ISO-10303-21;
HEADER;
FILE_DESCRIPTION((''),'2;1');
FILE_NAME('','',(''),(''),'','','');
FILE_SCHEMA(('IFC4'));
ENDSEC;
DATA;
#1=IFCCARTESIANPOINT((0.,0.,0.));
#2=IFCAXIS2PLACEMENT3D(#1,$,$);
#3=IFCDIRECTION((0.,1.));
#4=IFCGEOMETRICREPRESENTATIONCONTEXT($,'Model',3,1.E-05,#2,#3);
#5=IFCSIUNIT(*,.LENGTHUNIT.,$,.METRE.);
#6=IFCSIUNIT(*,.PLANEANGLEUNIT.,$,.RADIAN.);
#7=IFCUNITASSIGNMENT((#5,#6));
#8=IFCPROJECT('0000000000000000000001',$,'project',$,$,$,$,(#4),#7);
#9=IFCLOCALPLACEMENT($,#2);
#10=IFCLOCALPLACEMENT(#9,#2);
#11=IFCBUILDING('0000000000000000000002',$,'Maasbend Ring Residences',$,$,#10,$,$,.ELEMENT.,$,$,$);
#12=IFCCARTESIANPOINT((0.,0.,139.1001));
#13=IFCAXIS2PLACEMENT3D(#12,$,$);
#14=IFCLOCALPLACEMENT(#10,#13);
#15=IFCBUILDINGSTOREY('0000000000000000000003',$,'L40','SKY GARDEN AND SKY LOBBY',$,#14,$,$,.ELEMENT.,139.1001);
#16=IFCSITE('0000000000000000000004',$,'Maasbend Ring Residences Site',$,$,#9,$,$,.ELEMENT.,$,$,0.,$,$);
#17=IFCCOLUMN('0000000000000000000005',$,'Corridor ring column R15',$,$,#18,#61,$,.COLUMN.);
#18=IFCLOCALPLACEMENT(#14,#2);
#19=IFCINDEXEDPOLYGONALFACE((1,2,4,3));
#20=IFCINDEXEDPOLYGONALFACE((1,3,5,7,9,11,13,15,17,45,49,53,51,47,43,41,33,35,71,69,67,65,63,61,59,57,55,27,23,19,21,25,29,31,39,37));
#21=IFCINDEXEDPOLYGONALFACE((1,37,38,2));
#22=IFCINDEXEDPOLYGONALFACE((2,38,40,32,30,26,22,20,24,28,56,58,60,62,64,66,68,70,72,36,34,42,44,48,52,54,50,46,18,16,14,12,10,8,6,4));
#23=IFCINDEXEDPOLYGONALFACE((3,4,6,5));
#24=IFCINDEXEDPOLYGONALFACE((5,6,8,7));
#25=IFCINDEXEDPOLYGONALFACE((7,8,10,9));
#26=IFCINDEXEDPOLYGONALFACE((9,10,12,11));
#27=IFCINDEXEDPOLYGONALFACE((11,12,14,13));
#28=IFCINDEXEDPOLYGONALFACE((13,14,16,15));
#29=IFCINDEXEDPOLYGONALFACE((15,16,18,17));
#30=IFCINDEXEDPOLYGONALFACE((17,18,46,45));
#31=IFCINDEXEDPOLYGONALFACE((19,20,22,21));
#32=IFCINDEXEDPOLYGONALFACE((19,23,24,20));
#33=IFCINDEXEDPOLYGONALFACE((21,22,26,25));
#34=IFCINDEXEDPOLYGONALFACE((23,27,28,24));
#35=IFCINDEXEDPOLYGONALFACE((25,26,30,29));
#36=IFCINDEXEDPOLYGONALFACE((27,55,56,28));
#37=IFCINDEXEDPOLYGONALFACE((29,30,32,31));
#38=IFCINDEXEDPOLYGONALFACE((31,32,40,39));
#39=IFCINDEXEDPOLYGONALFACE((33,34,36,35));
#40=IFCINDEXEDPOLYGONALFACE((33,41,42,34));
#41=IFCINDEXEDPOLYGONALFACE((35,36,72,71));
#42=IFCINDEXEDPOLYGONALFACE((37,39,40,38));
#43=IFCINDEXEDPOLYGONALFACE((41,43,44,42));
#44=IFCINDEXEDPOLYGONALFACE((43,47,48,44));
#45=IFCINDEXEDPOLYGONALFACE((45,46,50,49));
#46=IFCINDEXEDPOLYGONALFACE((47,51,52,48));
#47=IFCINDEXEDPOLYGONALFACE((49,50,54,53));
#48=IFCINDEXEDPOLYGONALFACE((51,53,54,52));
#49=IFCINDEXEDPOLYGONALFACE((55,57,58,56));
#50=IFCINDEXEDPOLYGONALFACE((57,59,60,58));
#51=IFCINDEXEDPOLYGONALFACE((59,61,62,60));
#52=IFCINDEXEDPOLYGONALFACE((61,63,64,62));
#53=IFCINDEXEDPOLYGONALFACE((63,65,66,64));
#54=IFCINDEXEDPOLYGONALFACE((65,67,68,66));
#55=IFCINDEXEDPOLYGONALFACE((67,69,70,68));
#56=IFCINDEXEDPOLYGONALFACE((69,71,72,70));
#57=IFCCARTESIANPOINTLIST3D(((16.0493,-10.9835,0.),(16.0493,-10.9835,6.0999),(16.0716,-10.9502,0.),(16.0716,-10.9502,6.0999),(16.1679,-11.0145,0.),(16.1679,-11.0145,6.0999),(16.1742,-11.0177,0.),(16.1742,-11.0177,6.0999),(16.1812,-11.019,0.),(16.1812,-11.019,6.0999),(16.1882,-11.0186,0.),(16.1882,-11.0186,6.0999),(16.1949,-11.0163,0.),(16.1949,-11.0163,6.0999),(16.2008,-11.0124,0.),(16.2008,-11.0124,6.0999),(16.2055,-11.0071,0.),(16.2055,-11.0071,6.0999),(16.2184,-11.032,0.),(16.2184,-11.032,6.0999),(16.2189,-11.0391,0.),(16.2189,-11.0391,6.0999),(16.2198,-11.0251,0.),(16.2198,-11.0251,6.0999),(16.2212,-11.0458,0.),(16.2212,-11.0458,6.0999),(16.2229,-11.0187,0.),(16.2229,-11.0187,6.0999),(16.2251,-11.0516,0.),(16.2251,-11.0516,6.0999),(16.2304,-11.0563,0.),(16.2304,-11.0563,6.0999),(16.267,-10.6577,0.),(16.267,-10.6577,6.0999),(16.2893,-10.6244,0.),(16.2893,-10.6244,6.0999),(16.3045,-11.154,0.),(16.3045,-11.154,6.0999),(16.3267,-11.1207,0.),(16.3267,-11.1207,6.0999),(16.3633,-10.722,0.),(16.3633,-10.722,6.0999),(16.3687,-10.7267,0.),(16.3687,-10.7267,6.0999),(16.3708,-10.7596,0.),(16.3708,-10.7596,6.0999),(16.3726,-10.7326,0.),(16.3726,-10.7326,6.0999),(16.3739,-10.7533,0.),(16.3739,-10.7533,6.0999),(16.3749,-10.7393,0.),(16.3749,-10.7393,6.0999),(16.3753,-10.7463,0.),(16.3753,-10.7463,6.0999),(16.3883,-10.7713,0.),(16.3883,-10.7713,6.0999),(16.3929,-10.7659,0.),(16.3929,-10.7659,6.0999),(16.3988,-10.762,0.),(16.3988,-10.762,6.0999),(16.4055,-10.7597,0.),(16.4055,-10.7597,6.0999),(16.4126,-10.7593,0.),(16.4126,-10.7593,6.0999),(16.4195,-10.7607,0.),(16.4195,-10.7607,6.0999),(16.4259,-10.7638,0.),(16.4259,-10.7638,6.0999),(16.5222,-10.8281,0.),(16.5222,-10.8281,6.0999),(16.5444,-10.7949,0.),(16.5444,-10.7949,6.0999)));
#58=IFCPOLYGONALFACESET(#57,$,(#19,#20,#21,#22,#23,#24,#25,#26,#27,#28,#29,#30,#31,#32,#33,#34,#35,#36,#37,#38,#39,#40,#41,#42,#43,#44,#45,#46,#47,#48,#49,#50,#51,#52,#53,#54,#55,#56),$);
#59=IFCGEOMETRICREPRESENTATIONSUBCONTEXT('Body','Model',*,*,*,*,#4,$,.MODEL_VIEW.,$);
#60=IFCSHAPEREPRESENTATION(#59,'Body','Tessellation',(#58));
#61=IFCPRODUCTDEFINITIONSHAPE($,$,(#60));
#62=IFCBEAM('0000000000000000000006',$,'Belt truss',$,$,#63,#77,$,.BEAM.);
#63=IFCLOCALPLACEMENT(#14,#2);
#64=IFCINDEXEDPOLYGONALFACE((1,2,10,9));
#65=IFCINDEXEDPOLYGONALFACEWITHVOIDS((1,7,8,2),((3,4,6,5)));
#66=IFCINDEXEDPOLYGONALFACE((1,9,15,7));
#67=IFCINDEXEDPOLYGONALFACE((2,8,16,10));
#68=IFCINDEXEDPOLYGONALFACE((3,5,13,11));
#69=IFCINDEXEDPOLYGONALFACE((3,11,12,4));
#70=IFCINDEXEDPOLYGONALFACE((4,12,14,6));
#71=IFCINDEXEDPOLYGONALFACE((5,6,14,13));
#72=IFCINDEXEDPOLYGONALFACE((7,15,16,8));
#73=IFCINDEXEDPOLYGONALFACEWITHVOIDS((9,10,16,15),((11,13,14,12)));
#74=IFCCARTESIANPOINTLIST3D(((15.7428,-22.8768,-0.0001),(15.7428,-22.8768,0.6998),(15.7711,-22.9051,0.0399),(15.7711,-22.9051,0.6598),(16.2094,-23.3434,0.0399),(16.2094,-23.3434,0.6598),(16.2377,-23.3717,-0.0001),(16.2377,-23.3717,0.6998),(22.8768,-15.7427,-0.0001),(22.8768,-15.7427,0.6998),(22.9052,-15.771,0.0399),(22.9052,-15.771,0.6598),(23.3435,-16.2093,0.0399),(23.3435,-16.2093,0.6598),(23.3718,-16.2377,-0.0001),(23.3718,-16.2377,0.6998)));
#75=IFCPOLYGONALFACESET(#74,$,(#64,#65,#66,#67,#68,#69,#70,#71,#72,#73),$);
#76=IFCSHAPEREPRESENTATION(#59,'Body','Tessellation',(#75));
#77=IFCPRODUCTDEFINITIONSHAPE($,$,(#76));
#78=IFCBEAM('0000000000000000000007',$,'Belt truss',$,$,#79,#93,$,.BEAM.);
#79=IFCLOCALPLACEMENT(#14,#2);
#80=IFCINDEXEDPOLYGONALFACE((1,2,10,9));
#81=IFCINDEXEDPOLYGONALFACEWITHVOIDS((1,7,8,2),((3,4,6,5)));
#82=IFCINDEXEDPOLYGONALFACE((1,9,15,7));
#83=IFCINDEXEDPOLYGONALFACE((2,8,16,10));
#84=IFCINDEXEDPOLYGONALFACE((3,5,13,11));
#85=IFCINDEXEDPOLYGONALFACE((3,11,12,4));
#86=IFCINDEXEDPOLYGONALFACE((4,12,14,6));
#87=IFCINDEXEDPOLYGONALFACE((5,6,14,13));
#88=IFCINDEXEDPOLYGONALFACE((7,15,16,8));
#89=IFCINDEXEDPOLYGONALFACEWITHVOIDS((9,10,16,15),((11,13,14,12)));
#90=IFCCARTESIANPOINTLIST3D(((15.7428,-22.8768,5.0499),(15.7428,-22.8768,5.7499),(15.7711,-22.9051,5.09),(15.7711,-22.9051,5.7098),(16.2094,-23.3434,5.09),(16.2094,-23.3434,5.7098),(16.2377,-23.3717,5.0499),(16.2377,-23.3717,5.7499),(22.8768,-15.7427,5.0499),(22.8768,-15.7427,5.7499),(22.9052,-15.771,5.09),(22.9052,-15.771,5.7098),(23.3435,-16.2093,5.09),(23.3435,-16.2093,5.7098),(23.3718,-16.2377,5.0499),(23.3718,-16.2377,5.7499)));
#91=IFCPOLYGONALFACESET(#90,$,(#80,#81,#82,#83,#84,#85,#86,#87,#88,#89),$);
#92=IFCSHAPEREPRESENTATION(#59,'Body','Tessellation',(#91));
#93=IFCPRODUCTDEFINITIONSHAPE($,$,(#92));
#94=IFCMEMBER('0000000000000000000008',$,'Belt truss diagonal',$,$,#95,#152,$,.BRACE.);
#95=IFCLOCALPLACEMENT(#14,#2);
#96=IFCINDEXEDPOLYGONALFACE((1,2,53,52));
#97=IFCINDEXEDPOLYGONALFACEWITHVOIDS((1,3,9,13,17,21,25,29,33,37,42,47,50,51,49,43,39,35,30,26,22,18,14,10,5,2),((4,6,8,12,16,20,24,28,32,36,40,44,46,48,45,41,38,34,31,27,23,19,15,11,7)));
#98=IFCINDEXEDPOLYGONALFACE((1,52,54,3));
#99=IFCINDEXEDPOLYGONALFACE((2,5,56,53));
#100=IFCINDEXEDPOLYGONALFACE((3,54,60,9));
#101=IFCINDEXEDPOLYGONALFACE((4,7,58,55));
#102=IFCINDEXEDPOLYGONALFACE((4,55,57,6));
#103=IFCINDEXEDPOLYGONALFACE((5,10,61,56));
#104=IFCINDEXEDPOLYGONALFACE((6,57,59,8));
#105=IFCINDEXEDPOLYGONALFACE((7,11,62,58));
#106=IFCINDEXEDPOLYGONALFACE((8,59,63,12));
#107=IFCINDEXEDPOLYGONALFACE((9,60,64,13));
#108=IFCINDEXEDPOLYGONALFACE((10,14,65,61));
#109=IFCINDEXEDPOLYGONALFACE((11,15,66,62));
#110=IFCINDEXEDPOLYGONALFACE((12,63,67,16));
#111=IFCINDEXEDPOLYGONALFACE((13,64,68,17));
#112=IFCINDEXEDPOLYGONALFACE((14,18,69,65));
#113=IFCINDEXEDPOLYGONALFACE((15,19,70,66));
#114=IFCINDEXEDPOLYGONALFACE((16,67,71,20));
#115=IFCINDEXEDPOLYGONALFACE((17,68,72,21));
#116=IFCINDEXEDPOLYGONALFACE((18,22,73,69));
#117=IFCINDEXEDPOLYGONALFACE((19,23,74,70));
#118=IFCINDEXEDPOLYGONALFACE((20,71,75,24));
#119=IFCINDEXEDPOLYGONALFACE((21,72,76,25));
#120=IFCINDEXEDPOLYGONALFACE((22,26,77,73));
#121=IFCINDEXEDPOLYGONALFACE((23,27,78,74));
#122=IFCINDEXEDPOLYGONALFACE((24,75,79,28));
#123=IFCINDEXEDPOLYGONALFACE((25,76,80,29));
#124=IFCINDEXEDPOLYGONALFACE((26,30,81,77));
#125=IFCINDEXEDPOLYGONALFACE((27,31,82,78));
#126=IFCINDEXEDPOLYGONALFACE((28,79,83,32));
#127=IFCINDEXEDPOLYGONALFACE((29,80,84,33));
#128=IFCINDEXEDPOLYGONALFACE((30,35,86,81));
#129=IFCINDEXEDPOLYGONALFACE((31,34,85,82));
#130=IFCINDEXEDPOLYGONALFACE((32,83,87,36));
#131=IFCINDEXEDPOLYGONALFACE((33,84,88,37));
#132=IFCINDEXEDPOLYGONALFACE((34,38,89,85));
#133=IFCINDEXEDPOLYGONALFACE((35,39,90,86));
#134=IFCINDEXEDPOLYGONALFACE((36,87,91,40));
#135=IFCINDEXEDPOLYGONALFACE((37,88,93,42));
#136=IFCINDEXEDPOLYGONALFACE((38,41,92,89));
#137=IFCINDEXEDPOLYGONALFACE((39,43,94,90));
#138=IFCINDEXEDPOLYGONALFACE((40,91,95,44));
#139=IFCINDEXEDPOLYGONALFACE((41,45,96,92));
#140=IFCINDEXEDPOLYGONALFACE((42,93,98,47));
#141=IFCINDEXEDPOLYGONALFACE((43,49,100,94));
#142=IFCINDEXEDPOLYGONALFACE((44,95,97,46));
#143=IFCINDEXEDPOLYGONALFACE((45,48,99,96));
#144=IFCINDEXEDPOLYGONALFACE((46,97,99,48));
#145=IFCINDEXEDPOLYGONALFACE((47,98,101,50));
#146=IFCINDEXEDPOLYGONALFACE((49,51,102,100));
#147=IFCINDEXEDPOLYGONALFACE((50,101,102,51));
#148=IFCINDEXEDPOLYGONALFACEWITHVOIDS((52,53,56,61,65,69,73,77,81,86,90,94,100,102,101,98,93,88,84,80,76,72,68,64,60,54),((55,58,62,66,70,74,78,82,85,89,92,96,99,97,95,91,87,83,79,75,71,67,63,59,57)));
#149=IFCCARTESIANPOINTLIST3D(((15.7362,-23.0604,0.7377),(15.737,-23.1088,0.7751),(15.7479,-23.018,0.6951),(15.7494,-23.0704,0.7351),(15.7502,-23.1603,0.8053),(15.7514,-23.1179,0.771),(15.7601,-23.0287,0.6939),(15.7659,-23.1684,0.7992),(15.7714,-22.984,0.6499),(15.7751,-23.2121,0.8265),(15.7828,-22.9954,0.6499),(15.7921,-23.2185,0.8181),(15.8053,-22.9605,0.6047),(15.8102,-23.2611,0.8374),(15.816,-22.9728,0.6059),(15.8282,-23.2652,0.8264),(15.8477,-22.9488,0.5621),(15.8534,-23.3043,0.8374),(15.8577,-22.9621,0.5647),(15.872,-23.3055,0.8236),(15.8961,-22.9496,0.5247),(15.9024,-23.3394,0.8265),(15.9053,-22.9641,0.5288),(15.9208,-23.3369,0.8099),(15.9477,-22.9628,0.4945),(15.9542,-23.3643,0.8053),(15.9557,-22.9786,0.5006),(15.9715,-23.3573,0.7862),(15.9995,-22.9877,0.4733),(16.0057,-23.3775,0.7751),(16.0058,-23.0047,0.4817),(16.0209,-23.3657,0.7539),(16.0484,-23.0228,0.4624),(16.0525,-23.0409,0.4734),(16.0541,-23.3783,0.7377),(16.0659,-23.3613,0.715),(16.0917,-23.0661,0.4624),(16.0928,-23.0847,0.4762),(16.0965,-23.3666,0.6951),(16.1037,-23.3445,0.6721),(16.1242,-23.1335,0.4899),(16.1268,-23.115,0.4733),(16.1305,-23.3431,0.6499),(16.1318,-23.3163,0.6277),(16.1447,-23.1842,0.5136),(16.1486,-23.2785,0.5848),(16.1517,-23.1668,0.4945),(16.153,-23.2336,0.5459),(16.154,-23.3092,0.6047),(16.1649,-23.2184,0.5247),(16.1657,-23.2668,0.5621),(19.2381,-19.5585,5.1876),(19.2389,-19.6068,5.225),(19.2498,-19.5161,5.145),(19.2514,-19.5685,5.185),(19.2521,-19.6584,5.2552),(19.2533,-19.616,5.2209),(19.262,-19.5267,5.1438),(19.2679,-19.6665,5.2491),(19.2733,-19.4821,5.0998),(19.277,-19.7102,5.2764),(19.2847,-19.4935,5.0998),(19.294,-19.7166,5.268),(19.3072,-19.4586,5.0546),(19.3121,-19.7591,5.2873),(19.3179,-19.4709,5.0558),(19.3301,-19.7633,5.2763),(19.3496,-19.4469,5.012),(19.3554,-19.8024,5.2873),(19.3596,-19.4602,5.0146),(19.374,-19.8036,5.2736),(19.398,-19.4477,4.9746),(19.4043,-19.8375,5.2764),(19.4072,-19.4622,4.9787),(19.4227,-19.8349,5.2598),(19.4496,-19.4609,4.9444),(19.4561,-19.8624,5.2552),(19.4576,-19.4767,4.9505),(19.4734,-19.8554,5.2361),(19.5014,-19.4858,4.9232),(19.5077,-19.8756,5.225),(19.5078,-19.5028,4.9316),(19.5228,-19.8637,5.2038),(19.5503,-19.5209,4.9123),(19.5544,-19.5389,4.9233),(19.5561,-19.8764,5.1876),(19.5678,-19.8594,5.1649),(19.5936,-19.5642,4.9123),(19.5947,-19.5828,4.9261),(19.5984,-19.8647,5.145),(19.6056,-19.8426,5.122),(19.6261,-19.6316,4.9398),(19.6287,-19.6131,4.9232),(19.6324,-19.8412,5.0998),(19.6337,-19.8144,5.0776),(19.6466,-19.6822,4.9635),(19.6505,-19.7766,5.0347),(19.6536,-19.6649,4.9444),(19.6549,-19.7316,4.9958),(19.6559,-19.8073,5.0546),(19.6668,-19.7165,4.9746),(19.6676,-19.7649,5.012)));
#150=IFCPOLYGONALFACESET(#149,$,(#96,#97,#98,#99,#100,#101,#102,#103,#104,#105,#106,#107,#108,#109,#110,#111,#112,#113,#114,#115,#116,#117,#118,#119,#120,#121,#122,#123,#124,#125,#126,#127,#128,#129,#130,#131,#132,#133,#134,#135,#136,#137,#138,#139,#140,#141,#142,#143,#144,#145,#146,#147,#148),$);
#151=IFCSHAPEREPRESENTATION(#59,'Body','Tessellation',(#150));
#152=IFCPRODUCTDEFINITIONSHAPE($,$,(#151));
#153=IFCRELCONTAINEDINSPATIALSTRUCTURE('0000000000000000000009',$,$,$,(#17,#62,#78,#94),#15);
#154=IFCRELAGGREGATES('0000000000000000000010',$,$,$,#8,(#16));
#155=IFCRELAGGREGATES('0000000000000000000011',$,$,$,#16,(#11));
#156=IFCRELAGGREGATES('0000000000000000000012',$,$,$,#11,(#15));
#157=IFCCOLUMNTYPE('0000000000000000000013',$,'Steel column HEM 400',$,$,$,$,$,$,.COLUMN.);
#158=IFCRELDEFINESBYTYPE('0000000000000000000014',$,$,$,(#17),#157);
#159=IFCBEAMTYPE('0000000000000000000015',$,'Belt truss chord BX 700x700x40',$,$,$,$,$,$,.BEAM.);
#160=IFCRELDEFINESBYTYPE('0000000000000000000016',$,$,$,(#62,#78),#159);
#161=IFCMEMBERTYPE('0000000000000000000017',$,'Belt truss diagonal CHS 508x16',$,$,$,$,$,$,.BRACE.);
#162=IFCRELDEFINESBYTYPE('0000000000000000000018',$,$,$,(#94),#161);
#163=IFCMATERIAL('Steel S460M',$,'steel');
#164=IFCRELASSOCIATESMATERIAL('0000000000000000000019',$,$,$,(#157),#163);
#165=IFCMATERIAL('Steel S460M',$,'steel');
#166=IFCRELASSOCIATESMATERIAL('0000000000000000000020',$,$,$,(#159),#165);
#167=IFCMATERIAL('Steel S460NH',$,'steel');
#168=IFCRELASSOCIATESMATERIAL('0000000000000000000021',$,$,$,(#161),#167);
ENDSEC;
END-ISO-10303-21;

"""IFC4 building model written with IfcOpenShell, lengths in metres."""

from ifc_helpers import new_model, si_unit, direction, frame, origin, origin_2d, place, context, subcontext, project, spatial, hollow_rectangle, hollow_circle, i_section, extrude, material, material_profile, profile_set, type_object, element, save


model = new_model("IFC4")

# Units and contexts
model_context = context("Model", 3, precision=1e-05, world=origin(), true_north=direction((0.0, 1.0)))
body_context = subcontext(model_context, "Body", "Model", "MODEL_VIEW")
ifc_project = project(units=[si_unit("LENGTHUNIT", "METRE"), si_unit("PLANEANGLEUNIT", "RADIAN")], contexts=[model_context])

# Site, building, storey
site_placement = place(None, origin())
site = spatial("IfcSite", under=ifc_project, at=site_placement, Name="Maasbend Ring Residences Site", CompositionType="ELEMENT", RefElevation=0.0)
building_placement = place(site_placement, origin())
building = spatial("IfcBuilding", under=site, at=building_placement, Name="Maasbend Ring Residences", CompositionType="ELEMENT")
storey_placement = place(building_placement, frame((0.0, 0.0, 139.1001)))
storey = spatial("IfcBuildingStorey", under=building, at=storey_placement, Name="L40", Description="SKY GARDEN AND SKY LOBBY", CompositionType="ELEMENT", Elevation=139.1001)

# Column
ifc_material_1 = material(Name="Steel S460M", Category="steel")
ifc_material_profile_1 = material_profile(ifc_material_1, i_section(OverallWidth=0.3069, OverallDepth=0.4319, WebThickness=0.021, FlangeThickness=0.04, FilletRadius=0.0271, at=origin_2d()), Name="HEM 400")
ifc_profile_set_1 = profile_set([ifc_material_profile_1], Name="Steel S460M")
column_type_1 = type_object("IfcColumnType", Name="Steel column HEM 400", PredefinedType="COLUMN", material=ifc_profile_set_1)
column_placement = place(storey_placement, frame((16.2969, -10.8892, 0.0), z_axis=(0.0, 0.0, 1.0), x_axis=(0.83147, -0.55557, 0.0)))
element("IfcColumn", 1, at=column_placement, inside=storey, type_object=column_type_1, Name="Corridor ring column R15", PredefinedType="COLUMN", context=body_context, shape_type="SweptSolid", body=[
    extrude(i_section(OverallWidth=0.3069, OverallDepth=0.4319, WebThickness=0.021, FlangeThickness=0.04, FilletRadius=0.0271, at=origin_2d()), origin(), (0.0, 0.0, 1.0), 6.0999),
])

# Beams
ifc_material_2 = material(Name="Steel S460M", Category="steel")
ifc_material_profile_2 = material_profile(ifc_material_2, hollow_rectangle(XDim=0.7, YDim=0.7, WallThickness=0.04, at=origin_2d()), Name="Belt truss chord BX 700x700x40")
ifc_profile_set_2 = profile_set([ifc_material_profile_2], Name="Steel S460M")
beam_type_1 = type_object("IfcBeamType", Name="Belt truss chord BX 700x700x40", PredefinedType="BEAM", material=ifc_profile_set_2)
for number, where, z_axis, x_axis, name in (
    (2, (15.9902, -23.1243, 0.3499), (0.707107, 0.707107, 0.0), (-0.707107, 0.707107, 0.0), "Belt truss"),
    (3, (15.9902, -23.1243, 5.3999), (0.707107, 0.707107, 0.0), (-0.707107, 0.707107, 0.0), "Belt truss"),
):
    element("IfcBeam", number, at=place(storey_placement, frame(where, z_axis=z_axis, x_axis=x_axis)), inside=storey, type_object=beam_type_1, Name=name, PredefinedType="BEAM", context=body_context, shape_type="SweptSolid", body=[
        extrude(hollow_rectangle(XDim=0.7, YDim=0.7, WallThickness=0.04, at=origin_2d()), origin(), (0.0, 0.0, 1.0), 10.0891),
    ])

# Member
ifc_material_3 = material(Name="Steel S460NH", Category="steel")
ifc_material_profile_3 = material_profile(ifc_material_3, hollow_circle(Radius=0.2539, WallThickness=0.0161, at=origin_2d()), Name="Belt truss diagonal CHS 508x16")
ifc_profile_set_3 = profile_set([ifc_material_profile_3], Name="Steel S460NH")
member_type_1 = type_object("IfcMemberType", Name="Belt truss diagonal CHS 508x16", PredefinedType="BRACE", material=ifc_profile_set_3)
for number, where, z_axis, x_axis, name in (
    (4, (15.9509, -23.1636, 0.6499), (0.525974, 0.525974, 0.668358), (-0.707107, 0.707107, 0.0), "Belt truss diagonal"),
):
    element("IfcMember", number, at=place(storey_placement, frame(where, z_axis=z_axis, x_axis=x_axis)), inside=storey, type_object=member_type_1, Name=name, PredefinedType="BRACE", context=body_context, shape_type="SweptSolid", body=[
        extrude(hollow_circle(Radius=0.2539, WallThickness=0.0161, at=origin_2d()), origin(), (0.0, 0.0, 1.0), 6.658),
    ])

save(model, "model.ifc")
